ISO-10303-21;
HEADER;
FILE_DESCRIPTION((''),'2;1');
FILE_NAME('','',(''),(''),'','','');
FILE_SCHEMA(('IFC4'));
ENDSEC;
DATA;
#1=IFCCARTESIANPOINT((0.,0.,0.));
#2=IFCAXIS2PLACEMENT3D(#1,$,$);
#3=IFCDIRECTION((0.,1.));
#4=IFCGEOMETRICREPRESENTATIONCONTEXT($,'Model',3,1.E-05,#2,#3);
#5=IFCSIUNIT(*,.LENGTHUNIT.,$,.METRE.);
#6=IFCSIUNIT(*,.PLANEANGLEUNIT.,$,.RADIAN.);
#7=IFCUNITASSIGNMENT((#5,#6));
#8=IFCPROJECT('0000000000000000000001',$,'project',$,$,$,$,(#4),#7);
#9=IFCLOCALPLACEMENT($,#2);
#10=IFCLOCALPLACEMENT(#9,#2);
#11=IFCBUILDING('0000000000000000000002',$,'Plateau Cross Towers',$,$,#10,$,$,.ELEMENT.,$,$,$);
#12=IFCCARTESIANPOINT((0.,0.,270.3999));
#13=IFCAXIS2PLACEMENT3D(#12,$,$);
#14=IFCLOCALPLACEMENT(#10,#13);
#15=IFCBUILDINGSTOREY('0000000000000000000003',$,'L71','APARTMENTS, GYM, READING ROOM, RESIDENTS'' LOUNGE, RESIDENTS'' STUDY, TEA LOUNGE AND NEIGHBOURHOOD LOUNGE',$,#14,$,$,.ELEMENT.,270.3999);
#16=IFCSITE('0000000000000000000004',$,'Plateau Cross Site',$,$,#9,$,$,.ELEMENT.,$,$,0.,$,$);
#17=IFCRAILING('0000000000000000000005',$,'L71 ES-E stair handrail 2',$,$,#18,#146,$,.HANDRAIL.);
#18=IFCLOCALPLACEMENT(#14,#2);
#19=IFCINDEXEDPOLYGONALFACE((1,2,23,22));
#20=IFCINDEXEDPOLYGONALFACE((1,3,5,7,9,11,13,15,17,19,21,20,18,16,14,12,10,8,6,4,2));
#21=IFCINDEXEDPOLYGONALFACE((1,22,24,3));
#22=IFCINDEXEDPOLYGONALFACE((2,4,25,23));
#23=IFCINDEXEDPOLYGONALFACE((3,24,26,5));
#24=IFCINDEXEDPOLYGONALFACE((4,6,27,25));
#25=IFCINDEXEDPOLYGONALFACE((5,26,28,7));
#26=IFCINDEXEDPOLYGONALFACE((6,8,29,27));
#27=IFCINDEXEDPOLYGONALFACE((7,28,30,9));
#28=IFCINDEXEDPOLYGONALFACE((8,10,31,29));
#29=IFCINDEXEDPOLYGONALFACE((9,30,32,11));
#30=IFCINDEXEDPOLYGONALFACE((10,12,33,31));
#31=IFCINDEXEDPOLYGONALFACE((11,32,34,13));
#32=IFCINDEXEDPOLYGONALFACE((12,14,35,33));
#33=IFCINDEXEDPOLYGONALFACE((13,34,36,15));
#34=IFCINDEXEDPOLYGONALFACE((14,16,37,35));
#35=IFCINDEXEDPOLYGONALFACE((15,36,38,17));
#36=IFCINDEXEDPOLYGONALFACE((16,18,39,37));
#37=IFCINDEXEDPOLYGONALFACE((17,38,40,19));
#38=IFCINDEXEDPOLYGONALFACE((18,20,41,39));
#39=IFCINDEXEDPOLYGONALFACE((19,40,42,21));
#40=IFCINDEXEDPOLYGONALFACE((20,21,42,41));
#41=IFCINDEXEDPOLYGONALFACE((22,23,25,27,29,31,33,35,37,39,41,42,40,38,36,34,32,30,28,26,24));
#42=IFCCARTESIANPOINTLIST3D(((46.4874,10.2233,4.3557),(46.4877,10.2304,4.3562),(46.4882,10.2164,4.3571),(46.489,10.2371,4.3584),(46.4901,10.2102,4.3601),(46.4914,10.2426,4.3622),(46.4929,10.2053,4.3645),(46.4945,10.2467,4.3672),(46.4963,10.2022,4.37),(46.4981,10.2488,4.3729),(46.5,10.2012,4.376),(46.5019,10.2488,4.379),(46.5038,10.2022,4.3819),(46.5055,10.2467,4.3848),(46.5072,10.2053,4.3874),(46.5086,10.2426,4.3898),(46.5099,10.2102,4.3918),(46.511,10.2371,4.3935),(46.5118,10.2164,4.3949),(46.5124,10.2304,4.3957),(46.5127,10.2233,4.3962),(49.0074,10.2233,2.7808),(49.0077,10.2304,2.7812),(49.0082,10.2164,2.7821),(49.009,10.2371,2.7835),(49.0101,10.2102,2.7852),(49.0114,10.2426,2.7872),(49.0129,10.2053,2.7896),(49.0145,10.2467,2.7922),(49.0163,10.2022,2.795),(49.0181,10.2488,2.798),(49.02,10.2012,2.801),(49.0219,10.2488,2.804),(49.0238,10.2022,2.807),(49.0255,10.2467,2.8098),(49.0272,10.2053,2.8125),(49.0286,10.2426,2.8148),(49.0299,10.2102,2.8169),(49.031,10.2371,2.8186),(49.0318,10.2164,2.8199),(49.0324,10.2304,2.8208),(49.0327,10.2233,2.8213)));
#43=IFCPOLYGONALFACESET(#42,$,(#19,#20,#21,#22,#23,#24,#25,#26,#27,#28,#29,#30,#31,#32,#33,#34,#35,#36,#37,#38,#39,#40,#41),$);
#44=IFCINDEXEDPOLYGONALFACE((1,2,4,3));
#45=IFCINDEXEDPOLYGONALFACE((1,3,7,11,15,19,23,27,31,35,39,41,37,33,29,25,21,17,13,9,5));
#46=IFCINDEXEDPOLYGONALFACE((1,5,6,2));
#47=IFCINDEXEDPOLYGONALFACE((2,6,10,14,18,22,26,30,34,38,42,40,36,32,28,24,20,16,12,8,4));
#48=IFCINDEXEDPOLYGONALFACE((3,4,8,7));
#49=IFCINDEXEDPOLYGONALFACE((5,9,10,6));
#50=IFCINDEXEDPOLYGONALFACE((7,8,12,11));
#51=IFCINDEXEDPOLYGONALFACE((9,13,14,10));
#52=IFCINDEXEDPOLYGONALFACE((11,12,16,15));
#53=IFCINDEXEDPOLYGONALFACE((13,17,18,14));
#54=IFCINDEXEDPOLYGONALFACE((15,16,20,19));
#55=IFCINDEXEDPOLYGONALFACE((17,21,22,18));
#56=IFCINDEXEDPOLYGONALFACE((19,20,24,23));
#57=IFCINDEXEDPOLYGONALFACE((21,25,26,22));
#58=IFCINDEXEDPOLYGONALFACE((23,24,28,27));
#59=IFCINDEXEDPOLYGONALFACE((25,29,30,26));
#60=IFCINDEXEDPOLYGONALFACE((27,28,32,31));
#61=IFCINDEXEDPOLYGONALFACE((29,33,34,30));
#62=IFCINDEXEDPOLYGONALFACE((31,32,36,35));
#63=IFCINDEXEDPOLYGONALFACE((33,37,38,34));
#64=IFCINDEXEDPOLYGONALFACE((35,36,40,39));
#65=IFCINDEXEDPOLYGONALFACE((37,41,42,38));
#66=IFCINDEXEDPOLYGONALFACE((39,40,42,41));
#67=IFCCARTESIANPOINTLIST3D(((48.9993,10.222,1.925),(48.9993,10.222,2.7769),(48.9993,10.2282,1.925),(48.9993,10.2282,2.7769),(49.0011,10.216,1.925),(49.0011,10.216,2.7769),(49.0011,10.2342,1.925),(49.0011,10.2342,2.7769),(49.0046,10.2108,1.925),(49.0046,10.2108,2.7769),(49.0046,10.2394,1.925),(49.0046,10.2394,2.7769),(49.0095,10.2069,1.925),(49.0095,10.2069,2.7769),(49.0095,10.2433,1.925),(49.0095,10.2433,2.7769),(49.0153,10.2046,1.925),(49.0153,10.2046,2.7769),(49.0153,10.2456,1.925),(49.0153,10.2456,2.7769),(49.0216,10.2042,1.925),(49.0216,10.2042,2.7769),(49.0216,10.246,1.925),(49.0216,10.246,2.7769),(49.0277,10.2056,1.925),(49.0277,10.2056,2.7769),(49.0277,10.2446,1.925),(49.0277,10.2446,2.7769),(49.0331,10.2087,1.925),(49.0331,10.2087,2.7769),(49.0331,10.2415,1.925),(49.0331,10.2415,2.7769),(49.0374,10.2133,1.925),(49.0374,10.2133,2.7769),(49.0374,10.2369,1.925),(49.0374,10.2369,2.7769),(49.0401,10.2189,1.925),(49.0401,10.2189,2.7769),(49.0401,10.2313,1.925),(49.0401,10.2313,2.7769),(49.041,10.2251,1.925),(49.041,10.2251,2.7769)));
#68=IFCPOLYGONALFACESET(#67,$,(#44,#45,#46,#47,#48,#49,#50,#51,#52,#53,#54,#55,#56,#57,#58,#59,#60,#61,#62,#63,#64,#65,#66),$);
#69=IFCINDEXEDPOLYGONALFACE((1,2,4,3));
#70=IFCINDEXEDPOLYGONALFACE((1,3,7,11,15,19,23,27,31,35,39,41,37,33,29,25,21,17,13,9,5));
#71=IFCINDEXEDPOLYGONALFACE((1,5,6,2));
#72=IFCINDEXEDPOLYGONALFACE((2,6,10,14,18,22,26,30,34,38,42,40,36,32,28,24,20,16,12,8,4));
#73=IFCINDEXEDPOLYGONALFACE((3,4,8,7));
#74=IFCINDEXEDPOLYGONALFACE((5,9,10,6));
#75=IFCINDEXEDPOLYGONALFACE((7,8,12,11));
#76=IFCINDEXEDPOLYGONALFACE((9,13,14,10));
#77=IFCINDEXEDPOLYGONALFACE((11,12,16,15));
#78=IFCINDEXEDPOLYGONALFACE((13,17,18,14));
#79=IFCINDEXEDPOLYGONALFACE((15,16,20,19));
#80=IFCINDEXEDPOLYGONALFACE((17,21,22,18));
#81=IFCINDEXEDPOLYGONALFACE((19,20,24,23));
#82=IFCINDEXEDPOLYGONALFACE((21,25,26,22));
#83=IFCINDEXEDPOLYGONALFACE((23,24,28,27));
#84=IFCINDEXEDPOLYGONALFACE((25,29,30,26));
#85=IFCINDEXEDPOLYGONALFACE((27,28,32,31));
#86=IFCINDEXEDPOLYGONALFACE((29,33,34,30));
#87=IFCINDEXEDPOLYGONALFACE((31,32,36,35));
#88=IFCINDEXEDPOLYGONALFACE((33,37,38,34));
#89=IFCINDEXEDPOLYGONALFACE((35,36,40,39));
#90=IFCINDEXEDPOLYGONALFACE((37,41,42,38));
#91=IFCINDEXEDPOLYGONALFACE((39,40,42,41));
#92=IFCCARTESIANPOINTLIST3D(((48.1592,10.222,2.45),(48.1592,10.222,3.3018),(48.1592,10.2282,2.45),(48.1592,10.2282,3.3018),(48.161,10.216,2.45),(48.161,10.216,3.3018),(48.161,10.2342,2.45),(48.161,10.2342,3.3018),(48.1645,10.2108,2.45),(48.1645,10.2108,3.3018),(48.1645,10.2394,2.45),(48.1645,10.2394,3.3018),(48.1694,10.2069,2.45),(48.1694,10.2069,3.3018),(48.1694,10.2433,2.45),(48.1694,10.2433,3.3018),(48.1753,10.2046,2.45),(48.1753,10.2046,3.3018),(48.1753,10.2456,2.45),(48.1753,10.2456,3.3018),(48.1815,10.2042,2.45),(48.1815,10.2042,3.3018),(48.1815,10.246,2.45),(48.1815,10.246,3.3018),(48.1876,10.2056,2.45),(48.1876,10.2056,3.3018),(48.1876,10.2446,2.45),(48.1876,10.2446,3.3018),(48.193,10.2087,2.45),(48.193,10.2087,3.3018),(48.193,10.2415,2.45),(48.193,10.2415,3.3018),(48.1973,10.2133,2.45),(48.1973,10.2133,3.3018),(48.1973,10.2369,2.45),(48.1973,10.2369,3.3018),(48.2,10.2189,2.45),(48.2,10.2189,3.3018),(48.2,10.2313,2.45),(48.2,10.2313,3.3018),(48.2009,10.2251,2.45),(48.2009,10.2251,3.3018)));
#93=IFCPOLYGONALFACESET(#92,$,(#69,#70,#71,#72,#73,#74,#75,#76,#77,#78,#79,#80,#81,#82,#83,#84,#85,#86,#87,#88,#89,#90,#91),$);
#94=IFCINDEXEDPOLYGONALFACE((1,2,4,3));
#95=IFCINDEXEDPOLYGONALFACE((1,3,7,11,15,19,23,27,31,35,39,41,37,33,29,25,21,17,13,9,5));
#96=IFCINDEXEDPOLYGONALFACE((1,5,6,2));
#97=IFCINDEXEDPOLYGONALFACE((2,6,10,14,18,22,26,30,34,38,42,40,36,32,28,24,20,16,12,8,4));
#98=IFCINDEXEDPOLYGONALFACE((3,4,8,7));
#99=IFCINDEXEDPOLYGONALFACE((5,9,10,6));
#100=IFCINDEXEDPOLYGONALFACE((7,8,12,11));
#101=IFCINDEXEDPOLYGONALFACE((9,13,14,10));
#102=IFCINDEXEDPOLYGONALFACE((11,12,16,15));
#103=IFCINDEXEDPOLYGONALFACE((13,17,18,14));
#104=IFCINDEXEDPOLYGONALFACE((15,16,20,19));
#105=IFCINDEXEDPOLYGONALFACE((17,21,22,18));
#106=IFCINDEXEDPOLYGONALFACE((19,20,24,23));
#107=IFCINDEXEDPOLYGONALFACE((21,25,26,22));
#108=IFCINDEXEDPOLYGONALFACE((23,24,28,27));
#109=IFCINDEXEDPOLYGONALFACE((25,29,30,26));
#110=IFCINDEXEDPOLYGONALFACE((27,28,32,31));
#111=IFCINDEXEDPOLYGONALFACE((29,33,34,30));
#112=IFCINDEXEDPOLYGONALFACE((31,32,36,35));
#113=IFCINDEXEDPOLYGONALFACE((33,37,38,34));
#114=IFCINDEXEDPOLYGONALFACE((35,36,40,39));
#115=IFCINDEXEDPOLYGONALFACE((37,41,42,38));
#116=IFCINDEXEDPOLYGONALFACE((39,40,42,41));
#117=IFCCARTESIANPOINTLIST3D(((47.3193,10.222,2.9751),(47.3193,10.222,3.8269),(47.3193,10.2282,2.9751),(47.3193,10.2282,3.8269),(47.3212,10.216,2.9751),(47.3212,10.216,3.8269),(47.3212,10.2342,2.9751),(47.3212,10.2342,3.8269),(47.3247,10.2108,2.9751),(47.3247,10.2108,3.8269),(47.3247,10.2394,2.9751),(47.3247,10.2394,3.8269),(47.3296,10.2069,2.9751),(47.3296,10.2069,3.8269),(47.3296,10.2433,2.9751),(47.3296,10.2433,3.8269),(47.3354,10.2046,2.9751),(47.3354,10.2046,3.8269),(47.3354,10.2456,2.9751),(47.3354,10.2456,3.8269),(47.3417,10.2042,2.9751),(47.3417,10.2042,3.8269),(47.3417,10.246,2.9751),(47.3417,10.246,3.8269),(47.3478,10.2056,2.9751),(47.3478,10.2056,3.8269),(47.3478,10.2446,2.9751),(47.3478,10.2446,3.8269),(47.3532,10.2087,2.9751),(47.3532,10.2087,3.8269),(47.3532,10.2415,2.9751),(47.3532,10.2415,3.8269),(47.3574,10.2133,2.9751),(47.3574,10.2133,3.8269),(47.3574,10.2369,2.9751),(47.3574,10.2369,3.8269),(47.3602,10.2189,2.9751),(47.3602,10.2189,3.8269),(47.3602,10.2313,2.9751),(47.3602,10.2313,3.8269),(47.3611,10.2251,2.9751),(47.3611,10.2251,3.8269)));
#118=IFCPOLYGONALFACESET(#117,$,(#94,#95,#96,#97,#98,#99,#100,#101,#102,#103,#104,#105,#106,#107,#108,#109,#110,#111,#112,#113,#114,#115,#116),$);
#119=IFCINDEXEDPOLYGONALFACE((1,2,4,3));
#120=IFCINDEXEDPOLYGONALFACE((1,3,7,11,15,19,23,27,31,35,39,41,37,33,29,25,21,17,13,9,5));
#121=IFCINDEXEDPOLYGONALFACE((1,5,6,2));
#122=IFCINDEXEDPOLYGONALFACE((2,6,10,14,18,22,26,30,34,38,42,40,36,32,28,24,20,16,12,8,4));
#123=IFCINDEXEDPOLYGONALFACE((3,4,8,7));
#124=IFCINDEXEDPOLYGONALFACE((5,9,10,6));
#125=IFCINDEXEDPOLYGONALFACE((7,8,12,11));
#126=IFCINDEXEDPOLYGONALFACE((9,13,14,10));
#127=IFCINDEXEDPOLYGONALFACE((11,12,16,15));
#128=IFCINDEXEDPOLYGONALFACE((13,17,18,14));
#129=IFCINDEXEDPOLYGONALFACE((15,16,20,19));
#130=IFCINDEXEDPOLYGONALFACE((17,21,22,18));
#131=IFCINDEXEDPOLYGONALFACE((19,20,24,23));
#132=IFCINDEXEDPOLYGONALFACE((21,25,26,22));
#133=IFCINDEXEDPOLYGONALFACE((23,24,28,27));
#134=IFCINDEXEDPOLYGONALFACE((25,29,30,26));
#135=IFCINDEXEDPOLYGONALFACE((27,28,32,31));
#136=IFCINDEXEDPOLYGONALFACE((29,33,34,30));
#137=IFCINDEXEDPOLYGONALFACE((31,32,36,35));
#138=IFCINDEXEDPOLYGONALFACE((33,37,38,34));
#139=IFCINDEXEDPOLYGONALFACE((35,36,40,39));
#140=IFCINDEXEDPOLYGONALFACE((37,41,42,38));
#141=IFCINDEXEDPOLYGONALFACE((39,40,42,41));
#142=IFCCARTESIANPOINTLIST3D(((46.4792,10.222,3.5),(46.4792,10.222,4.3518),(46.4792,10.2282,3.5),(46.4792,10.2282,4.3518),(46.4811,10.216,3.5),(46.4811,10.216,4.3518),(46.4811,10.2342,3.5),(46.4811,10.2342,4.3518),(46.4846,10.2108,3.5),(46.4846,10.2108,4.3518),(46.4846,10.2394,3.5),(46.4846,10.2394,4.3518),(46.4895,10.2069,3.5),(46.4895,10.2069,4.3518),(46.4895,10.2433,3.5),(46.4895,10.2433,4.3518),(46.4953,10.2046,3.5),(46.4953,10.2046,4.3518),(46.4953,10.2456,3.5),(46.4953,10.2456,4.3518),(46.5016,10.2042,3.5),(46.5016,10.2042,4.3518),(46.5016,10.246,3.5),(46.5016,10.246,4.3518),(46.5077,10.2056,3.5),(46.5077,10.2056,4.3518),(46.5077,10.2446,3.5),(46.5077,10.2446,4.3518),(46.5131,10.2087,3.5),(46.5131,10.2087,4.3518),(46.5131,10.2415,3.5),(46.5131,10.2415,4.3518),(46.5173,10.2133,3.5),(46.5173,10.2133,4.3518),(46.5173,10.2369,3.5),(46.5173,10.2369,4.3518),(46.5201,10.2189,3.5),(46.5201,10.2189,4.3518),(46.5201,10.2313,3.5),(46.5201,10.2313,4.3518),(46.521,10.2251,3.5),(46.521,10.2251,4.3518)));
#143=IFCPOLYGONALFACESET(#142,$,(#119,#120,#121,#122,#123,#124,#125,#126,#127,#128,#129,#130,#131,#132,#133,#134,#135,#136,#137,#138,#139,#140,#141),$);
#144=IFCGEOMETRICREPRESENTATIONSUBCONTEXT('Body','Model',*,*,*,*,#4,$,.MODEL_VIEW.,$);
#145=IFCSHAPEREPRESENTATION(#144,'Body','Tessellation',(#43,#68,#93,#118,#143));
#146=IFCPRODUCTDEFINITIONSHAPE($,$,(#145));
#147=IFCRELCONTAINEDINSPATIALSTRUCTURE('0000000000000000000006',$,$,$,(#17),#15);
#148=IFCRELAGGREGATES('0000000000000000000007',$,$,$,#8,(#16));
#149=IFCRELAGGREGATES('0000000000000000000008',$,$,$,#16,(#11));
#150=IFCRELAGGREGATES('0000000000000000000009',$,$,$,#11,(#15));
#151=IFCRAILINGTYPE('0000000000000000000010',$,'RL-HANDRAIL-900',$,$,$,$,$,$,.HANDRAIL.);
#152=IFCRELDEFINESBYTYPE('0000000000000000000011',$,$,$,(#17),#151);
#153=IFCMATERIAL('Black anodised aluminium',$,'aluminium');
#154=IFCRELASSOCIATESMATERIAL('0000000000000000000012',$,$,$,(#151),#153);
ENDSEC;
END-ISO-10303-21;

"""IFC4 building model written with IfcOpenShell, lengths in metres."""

from ifc_helpers import new_model, si_unit, direction, frame, origin, origin_2d, place, context, subcontext, project, spatial, circle, extrude, material, type_object, element, save


model = new_model("IFC4")

# Units and contexts
model_context = context("Model", 3, precision=1e-05, world=origin(), true_north=direction((0.0, 1.0)))
body_context = subcontext(model_context, "Body", "Model", "MODEL_VIEW")
ifc_project = project(units=[si_unit("LENGTHUNIT", "METRE"), si_unit("PLANEANGLEUNIT", "RADIAN")], contexts=[model_context])

# Site, building, storey
site_placement = place(None, origin())
site = spatial("IfcSite", under=ifc_project, at=site_placement, Name="Plateau Cross Site", CompositionType="ELEMENT", RefElevation=0.0)
building_placement = place(site_placement, origin())
building = spatial("IfcBuilding", under=site, at=building_placement, Name="Plateau Cross Towers", CompositionType="ELEMENT")
storey_placement = place(building_placement, frame((0.0, 0.0, 270.3999)))
storey = spatial("IfcBuildingStorey", under=building, at=storey_placement, Name="L71", Description="APARTMENTS, GYM, READING ROOM, RESIDENTS' LOUNGE, RESIDENTS' STUDY, TEA LOUNGE AND NEIGHBOURHOOD LOUNGE", CompositionType="ELEMENT", Elevation=270.3999)

# Shared definitions
ifc_material_1 = material(Name="Black anodised aluminium", Category="aluminium")

# Railing
railing_type_1 = type_object("IfcRailingType", Name="RL-HANDRAIL-900", PredefinedType="HANDRAIL", material=ifc_material_1)
railing_1_placement = place(storey_placement, frame((49.02, 10.2251, 1.925)))
element("IfcRailing", 1, at=railing_1_placement, inside=storey, type_object=railing_type_1, Name="L71 ES-E stair handrail 2", PredefinedType="HANDRAIL", context=body_context, shape_type="SweptSolid", body=[
    extrude(circle(Radius=0.0239, at=origin_2d()), frame((0.0, 0.0, 0.876), z_axis=(-0.848008, 0.0, 0.529984), x_axis=(0.0, -1.0, 0.0)), (0.0, 0.0, 1.0), 2.9717),
    extrude(circle(Radius=0.021, at=origin_2d()), origin(), (0.0, 0.0, 1.0), 0.8518),
    extrude(circle(Radius=0.021, at=origin_2d()), frame((-0.8401, 0.0, 0.5249)), (0.0, 0.0, 1.0), 0.8518),
    extrude(circle(Radius=0.021, at=origin_2d()), frame((-1.6799, 0.0, 1.05)), (0.0, 0.0, 1.0), 0.8518),
    extrude(circle(Radius=0.021, at=origin_2d()), frame((-2.52, 0.0, 1.575)), (0.0, 0.0, 1.0), 0.8518),
])

save(model, "model.ifc")
